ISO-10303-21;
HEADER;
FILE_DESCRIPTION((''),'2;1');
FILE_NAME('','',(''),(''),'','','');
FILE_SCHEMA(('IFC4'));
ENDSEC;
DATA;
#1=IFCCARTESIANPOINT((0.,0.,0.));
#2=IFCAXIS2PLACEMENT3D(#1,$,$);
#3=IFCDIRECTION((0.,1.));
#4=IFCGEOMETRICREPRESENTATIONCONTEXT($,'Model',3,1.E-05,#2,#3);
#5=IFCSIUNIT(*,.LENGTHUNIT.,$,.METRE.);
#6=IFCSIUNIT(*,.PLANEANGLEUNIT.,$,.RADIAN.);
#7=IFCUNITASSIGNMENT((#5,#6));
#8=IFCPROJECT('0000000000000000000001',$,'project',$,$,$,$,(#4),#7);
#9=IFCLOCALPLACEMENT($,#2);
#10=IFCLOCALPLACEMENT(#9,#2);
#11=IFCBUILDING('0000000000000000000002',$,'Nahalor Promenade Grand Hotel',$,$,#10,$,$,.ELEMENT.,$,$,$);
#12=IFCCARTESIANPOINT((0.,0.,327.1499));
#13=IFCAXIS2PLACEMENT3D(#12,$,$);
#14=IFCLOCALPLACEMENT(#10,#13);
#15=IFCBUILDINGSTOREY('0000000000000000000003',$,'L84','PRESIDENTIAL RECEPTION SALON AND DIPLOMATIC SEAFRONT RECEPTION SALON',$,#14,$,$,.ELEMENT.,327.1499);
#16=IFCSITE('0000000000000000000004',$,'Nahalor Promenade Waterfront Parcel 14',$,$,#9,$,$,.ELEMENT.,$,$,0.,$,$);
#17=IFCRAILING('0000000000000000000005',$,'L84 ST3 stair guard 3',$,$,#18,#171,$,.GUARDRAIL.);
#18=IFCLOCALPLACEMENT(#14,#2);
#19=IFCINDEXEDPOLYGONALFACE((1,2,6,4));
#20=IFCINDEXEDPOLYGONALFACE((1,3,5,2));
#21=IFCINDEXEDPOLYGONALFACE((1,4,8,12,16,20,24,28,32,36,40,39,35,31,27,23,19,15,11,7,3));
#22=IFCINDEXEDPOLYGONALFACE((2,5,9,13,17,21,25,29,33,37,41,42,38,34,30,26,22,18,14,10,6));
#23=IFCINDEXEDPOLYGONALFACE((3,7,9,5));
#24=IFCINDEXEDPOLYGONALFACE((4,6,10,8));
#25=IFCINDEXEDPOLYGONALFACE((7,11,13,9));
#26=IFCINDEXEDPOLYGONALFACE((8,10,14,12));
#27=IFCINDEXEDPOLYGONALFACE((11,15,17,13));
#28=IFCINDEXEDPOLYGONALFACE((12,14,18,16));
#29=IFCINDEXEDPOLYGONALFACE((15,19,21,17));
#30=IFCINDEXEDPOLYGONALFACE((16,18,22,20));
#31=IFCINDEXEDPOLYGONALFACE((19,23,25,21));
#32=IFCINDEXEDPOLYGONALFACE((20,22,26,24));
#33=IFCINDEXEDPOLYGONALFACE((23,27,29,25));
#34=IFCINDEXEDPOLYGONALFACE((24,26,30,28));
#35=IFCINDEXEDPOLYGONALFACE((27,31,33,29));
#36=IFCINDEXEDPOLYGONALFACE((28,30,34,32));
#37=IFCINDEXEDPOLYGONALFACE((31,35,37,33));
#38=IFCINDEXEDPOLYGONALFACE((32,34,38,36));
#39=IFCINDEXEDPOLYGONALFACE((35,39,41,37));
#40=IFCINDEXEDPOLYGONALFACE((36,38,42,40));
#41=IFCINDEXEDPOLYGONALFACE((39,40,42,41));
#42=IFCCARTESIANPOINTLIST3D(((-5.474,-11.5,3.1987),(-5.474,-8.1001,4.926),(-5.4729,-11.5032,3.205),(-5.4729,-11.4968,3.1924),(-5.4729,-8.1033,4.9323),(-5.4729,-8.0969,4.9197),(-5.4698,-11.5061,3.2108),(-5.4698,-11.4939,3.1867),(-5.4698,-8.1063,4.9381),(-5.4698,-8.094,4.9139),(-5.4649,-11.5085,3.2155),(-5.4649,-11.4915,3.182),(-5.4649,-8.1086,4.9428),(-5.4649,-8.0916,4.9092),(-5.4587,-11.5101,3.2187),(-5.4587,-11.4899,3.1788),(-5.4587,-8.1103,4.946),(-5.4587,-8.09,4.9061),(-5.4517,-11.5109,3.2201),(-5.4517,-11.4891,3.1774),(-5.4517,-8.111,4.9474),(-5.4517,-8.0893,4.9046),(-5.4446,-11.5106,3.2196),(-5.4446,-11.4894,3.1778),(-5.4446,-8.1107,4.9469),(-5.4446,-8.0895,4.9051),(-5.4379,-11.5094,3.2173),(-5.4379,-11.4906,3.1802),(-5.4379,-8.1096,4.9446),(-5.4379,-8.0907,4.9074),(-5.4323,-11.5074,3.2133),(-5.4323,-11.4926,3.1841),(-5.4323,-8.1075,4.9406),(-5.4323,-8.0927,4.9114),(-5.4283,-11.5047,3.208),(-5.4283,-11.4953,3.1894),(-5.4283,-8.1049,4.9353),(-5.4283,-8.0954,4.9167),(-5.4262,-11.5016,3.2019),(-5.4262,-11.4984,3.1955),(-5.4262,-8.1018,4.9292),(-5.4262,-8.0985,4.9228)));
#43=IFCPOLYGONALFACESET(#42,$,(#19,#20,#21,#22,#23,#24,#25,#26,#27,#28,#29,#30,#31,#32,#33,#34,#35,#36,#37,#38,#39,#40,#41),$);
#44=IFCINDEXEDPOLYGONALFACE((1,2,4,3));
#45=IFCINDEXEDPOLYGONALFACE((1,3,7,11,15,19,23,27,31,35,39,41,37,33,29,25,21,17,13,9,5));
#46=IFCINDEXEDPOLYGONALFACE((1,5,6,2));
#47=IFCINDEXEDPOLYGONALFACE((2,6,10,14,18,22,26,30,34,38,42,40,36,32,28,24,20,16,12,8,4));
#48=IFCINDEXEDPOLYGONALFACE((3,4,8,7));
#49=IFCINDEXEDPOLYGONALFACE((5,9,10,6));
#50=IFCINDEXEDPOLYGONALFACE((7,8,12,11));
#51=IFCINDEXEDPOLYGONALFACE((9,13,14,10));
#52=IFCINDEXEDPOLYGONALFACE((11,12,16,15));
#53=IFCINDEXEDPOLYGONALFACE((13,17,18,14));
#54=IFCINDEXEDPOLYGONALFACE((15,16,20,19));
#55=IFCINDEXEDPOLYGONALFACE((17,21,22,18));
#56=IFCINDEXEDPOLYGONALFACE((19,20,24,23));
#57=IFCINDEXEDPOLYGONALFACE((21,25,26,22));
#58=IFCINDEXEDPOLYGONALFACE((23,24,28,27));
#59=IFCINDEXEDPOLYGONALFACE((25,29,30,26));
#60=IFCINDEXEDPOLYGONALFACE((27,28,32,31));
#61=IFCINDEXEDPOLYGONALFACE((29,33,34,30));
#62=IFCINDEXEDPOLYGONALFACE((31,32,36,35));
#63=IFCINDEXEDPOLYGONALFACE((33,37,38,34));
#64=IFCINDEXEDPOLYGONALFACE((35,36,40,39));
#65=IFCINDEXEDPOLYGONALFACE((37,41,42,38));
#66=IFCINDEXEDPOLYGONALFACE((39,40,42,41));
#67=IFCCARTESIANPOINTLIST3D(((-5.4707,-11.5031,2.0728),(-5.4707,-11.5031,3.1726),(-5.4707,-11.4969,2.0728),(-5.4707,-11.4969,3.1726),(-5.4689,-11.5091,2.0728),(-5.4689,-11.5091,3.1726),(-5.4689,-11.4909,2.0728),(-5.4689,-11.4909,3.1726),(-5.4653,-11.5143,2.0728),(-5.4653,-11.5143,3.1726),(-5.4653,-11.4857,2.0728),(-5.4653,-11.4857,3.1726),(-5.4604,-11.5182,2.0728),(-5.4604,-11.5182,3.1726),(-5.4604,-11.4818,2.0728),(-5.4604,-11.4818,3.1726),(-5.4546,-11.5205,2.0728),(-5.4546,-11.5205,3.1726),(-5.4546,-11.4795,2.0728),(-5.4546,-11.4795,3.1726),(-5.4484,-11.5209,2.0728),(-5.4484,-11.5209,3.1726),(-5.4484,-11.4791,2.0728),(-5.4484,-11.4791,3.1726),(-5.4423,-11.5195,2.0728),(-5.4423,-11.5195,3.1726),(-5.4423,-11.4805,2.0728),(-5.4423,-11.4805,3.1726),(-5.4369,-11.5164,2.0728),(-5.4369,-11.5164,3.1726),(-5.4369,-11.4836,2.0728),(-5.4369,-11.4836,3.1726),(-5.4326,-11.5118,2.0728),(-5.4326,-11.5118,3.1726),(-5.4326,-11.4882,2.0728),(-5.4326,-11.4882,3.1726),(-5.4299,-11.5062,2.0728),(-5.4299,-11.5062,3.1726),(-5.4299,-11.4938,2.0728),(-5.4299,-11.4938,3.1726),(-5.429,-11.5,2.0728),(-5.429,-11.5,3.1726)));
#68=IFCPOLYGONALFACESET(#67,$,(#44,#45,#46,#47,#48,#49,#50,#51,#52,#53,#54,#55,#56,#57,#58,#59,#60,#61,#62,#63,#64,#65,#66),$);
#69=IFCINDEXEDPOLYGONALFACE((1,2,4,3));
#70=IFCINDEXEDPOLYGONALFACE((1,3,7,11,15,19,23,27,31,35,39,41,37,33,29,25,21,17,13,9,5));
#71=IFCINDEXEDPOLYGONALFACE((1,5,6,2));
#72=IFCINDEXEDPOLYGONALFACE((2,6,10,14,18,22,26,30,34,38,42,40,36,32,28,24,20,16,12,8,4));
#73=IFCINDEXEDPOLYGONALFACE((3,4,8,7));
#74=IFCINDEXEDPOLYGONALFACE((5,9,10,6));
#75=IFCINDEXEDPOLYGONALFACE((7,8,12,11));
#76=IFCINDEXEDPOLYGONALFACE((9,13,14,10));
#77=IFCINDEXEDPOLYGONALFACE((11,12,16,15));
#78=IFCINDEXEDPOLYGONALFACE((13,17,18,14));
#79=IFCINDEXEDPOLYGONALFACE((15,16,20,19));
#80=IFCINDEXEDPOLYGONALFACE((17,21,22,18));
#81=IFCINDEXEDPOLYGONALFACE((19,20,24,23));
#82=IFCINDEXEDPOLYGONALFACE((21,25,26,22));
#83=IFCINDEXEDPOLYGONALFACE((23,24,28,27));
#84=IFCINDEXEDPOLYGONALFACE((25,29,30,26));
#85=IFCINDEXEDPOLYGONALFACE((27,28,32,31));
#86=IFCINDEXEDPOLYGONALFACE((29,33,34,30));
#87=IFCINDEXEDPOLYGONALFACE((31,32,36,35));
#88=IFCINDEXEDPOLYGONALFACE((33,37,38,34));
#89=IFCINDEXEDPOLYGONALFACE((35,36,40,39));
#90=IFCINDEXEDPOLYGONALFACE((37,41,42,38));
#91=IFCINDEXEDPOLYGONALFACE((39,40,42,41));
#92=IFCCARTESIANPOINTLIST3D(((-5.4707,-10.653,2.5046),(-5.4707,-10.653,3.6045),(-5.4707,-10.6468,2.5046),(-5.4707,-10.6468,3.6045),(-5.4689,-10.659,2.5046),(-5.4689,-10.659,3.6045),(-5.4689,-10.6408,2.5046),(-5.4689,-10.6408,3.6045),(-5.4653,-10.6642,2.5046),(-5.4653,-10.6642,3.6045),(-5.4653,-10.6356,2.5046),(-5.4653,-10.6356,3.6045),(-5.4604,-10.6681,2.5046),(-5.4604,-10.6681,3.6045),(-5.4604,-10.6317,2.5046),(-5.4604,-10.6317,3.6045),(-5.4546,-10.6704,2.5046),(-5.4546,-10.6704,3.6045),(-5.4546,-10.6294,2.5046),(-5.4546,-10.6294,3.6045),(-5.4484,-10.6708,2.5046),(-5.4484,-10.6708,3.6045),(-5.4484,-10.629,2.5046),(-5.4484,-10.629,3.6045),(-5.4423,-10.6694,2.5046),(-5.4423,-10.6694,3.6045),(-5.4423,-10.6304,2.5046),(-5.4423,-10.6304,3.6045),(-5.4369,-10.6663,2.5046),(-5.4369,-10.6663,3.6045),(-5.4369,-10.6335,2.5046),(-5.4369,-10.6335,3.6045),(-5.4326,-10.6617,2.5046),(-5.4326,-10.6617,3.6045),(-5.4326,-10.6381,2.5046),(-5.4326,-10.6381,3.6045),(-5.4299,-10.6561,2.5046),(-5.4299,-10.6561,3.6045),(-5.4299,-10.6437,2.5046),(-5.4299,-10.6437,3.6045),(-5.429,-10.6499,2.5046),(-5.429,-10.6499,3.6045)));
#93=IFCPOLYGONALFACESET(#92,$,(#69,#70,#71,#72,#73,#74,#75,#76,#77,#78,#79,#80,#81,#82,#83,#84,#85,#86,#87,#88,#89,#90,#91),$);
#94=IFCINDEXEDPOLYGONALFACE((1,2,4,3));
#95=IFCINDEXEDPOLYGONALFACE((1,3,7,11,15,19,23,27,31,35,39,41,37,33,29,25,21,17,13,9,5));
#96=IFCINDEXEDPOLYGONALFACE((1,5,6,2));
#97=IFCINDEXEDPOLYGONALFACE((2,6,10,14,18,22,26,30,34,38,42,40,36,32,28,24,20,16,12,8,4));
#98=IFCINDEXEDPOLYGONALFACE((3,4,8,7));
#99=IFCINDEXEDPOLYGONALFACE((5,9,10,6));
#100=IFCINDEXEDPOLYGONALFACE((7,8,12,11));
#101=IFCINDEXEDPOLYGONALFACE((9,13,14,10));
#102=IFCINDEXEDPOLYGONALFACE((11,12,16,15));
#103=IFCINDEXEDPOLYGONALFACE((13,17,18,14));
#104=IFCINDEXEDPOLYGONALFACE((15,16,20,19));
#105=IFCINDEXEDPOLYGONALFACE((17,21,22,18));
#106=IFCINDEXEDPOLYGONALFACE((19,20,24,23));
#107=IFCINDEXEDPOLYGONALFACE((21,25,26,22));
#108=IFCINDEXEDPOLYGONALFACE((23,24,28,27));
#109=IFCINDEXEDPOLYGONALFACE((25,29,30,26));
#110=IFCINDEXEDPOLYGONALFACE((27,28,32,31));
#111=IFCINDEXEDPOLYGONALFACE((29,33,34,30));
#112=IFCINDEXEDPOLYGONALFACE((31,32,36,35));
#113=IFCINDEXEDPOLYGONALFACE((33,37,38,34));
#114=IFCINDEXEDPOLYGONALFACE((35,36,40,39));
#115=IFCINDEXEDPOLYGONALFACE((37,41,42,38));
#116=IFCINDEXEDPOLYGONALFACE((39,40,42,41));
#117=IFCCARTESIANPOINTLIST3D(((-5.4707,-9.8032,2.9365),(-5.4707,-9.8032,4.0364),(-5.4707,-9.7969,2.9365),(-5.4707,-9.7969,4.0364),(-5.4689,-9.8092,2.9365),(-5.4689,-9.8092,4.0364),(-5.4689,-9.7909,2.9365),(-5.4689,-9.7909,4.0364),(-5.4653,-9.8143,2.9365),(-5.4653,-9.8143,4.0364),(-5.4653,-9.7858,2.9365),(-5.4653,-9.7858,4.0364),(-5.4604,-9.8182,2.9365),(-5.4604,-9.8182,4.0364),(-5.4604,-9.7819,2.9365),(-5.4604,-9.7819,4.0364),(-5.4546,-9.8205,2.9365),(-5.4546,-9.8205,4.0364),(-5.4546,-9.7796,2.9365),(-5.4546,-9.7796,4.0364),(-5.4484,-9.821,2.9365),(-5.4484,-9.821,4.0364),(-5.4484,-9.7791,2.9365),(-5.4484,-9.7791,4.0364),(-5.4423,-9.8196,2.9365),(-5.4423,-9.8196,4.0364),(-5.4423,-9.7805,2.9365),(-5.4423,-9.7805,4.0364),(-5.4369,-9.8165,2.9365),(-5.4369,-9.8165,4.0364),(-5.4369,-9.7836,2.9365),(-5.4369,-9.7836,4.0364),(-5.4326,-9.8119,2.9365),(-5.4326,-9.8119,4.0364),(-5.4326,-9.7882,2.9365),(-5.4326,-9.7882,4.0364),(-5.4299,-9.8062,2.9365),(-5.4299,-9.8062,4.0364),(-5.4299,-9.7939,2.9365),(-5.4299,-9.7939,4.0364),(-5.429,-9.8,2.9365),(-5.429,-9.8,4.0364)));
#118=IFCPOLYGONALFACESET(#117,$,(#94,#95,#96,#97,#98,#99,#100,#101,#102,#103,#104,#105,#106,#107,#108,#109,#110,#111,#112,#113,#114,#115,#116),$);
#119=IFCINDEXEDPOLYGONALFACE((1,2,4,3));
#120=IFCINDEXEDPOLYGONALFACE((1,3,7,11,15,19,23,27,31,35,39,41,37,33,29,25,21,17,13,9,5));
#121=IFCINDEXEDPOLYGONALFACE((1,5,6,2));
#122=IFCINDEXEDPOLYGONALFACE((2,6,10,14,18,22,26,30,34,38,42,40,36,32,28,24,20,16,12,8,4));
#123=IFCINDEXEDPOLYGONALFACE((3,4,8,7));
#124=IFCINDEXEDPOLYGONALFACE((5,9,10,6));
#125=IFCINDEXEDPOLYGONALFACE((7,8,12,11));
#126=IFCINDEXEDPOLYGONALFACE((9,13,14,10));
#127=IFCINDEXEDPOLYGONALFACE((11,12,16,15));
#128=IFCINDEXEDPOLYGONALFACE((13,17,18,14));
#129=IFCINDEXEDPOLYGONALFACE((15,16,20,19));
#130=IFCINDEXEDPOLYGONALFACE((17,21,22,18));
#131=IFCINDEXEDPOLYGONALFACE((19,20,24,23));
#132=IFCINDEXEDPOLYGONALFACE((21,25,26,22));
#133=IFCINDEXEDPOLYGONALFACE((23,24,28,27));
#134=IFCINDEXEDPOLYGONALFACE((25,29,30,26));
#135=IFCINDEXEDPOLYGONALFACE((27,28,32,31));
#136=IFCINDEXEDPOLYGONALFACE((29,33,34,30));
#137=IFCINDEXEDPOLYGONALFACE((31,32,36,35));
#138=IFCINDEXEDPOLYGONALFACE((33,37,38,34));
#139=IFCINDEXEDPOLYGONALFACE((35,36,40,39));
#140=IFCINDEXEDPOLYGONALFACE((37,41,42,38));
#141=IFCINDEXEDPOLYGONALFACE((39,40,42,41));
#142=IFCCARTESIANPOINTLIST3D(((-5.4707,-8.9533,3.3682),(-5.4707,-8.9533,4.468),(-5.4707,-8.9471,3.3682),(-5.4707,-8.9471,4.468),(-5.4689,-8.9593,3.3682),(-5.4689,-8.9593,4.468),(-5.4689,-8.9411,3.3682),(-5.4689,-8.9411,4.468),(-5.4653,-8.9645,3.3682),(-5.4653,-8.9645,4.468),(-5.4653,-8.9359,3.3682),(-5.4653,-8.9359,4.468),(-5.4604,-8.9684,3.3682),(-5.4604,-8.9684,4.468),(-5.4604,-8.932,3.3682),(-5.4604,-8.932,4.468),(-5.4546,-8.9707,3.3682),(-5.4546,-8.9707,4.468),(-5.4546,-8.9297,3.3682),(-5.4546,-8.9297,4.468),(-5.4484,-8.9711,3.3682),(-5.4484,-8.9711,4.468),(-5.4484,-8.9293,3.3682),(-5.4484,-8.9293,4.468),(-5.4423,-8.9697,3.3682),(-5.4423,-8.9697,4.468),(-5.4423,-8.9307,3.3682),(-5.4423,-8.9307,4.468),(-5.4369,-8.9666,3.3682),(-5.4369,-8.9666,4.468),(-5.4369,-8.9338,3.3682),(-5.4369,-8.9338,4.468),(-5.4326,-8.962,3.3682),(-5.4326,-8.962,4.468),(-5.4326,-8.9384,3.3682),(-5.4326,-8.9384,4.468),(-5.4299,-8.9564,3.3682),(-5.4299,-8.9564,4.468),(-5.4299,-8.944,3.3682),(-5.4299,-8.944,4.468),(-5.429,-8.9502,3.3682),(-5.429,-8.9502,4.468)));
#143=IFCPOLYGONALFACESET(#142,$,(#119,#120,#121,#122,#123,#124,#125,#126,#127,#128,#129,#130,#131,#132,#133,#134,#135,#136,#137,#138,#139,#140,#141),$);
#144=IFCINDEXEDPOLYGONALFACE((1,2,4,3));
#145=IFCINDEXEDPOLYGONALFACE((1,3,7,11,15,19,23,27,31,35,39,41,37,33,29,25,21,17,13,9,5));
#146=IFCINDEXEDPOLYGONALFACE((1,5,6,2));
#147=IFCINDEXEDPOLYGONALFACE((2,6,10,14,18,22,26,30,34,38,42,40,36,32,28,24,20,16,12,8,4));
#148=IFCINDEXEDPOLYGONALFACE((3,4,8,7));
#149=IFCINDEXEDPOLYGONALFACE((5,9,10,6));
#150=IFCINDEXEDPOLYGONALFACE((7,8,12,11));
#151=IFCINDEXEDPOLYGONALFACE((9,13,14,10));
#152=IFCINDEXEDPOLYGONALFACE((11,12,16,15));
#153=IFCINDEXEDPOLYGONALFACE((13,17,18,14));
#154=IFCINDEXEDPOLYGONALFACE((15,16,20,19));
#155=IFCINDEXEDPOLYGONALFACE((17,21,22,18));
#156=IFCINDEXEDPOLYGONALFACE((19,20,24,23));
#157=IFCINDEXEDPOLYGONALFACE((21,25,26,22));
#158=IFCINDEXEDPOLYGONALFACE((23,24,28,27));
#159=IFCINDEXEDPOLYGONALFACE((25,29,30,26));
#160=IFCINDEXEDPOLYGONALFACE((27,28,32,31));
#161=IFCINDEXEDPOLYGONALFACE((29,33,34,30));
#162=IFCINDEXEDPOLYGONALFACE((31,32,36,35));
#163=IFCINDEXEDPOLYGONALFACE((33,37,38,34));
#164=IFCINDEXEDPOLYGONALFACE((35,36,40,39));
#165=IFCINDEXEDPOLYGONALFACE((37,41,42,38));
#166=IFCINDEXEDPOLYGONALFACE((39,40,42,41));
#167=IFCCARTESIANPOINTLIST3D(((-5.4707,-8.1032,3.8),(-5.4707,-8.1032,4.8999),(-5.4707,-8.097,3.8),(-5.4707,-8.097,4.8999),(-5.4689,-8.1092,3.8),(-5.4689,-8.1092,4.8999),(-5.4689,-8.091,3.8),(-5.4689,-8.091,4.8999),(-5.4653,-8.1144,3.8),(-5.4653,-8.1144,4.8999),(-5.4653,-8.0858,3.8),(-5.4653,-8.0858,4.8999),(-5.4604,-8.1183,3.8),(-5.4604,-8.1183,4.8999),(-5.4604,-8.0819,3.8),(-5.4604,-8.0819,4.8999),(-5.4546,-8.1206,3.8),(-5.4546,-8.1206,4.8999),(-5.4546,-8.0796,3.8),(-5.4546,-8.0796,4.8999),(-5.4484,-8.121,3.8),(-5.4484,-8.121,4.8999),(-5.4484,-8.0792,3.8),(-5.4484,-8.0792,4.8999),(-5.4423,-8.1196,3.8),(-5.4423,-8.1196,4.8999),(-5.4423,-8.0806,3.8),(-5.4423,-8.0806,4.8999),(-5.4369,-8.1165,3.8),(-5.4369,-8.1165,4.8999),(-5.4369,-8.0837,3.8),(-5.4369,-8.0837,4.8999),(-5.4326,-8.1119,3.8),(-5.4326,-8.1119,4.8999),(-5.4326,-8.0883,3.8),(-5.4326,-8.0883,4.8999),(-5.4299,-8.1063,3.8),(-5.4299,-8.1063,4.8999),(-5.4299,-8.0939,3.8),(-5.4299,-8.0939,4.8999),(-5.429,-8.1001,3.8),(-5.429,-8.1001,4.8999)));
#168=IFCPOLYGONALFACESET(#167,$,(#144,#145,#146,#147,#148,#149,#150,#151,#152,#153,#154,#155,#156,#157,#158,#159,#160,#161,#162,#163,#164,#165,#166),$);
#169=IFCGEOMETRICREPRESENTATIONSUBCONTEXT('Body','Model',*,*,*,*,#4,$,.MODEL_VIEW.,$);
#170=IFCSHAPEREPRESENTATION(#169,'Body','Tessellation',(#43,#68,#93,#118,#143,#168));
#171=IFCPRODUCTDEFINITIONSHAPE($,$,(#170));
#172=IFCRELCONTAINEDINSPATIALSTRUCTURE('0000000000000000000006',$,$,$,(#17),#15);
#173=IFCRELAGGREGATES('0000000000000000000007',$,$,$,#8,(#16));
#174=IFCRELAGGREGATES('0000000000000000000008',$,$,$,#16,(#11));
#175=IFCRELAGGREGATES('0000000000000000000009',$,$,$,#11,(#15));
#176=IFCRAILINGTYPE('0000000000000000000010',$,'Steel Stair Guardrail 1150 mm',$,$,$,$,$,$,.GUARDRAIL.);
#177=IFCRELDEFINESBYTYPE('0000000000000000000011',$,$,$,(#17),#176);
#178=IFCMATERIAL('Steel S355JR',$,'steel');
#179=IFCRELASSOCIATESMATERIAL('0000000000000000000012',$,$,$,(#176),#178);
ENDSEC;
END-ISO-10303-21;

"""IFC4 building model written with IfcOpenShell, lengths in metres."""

from ifc_helpers import new_model, si_unit, direction, frame, origin, origin_2d, place, context, subcontext, project, spatial, circle, extrude, material, type_object, element, save


model = new_model("IFC4")

# Units and contexts
model_context = context("Model", 3, precision=1e-05, world=origin(), true_north=direction((0.0, 1.0)))
body_context = subcontext(model_context, "Body", "Model", "MODEL_VIEW")
ifc_project = project(units=[si_unit("LENGTHUNIT", "METRE"), si_unit("PLANEANGLEUNIT", "RADIAN")], contexts=[model_context])

# Site, building, storey
site_placement = place(None, origin())
site = spatial("IfcSite", under=ifc_project, at=site_placement, Name="Nahalor Promenade Waterfront Parcel 14", CompositionType="ELEMENT", RefElevation=0.0)
building_placement = place(site_placement, origin())
building = spatial("IfcBuilding", under=site, at=building_placement, Name="Nahalor Promenade Grand Hotel", CompositionType="ELEMENT")
storey_placement = place(building_placement, frame((0.0, 0.0, 327.1499)))
storey = spatial("IfcBuildingStorey", under=building, at=storey_placement, Name="L84", Description="PRESIDENTIAL RECEPTION SALON AND DIPLOMATIC SEAFRONT RECEPTION SALON", CompositionType="ELEMENT", Elevation=327.1499)

# Shared definitions
ifc_material_1 = material(Name="Steel S355JR", Category="steel")

# Railing
railing_type_1 = type_object("IfcRailingType", Name="Steel Stair Guardrail 1150 mm", PredefinedType="GUARDRAIL", material=ifc_material_1)
railing_1_placement = place(storey_placement, frame((-5.45, -11.5, 2.0728)))
element("IfcRailing", 1, at=railing_1_placement, inside=storey, type_object=railing_type_1, Name="L84 ST3 stair guard 3", PredefinedType="GUARDRAIL", context=body_context, shape_type="SweptSolid", body=[
    extrude(circle(Radius=0.024, at=origin_2d()), frame((0.0, 0.0, 1.126), z_axis=(0.0, 0.891541, 0.452941), x_axis=(-1.0, 0.0, 0.0)), (0.0, 0.0, 1.0), 3.8135),
    extrude(circle(Radius=0.021, at=origin_2d()), origin(), (0.0, 0.0, 1.0), 1.0999),
    extrude(circle(Radius=0.021, at=origin_2d()), frame((0.0, 0.8501, 0.4319)), (0.0, 0.0, 1.0), 1.0999),
    extrude(circle(Radius=0.021, at=origin_2d()), frame((0.0, 1.7, 0.8638)), (0.0, 0.0, 1.0), 1.0999),
    extrude(circle(Radius=0.021, at=origin_2d()), frame((0.0, 2.5498, 1.2954)), (0.0, 0.0, 1.0), 1.0999),
    extrude(circle(Radius=0.021, at=origin_2d()), frame((0.0, 3.3999, 1.7273)), (0.0, 0.0, 1.0), 1.0999),
])

save(model, "model.ifc")
